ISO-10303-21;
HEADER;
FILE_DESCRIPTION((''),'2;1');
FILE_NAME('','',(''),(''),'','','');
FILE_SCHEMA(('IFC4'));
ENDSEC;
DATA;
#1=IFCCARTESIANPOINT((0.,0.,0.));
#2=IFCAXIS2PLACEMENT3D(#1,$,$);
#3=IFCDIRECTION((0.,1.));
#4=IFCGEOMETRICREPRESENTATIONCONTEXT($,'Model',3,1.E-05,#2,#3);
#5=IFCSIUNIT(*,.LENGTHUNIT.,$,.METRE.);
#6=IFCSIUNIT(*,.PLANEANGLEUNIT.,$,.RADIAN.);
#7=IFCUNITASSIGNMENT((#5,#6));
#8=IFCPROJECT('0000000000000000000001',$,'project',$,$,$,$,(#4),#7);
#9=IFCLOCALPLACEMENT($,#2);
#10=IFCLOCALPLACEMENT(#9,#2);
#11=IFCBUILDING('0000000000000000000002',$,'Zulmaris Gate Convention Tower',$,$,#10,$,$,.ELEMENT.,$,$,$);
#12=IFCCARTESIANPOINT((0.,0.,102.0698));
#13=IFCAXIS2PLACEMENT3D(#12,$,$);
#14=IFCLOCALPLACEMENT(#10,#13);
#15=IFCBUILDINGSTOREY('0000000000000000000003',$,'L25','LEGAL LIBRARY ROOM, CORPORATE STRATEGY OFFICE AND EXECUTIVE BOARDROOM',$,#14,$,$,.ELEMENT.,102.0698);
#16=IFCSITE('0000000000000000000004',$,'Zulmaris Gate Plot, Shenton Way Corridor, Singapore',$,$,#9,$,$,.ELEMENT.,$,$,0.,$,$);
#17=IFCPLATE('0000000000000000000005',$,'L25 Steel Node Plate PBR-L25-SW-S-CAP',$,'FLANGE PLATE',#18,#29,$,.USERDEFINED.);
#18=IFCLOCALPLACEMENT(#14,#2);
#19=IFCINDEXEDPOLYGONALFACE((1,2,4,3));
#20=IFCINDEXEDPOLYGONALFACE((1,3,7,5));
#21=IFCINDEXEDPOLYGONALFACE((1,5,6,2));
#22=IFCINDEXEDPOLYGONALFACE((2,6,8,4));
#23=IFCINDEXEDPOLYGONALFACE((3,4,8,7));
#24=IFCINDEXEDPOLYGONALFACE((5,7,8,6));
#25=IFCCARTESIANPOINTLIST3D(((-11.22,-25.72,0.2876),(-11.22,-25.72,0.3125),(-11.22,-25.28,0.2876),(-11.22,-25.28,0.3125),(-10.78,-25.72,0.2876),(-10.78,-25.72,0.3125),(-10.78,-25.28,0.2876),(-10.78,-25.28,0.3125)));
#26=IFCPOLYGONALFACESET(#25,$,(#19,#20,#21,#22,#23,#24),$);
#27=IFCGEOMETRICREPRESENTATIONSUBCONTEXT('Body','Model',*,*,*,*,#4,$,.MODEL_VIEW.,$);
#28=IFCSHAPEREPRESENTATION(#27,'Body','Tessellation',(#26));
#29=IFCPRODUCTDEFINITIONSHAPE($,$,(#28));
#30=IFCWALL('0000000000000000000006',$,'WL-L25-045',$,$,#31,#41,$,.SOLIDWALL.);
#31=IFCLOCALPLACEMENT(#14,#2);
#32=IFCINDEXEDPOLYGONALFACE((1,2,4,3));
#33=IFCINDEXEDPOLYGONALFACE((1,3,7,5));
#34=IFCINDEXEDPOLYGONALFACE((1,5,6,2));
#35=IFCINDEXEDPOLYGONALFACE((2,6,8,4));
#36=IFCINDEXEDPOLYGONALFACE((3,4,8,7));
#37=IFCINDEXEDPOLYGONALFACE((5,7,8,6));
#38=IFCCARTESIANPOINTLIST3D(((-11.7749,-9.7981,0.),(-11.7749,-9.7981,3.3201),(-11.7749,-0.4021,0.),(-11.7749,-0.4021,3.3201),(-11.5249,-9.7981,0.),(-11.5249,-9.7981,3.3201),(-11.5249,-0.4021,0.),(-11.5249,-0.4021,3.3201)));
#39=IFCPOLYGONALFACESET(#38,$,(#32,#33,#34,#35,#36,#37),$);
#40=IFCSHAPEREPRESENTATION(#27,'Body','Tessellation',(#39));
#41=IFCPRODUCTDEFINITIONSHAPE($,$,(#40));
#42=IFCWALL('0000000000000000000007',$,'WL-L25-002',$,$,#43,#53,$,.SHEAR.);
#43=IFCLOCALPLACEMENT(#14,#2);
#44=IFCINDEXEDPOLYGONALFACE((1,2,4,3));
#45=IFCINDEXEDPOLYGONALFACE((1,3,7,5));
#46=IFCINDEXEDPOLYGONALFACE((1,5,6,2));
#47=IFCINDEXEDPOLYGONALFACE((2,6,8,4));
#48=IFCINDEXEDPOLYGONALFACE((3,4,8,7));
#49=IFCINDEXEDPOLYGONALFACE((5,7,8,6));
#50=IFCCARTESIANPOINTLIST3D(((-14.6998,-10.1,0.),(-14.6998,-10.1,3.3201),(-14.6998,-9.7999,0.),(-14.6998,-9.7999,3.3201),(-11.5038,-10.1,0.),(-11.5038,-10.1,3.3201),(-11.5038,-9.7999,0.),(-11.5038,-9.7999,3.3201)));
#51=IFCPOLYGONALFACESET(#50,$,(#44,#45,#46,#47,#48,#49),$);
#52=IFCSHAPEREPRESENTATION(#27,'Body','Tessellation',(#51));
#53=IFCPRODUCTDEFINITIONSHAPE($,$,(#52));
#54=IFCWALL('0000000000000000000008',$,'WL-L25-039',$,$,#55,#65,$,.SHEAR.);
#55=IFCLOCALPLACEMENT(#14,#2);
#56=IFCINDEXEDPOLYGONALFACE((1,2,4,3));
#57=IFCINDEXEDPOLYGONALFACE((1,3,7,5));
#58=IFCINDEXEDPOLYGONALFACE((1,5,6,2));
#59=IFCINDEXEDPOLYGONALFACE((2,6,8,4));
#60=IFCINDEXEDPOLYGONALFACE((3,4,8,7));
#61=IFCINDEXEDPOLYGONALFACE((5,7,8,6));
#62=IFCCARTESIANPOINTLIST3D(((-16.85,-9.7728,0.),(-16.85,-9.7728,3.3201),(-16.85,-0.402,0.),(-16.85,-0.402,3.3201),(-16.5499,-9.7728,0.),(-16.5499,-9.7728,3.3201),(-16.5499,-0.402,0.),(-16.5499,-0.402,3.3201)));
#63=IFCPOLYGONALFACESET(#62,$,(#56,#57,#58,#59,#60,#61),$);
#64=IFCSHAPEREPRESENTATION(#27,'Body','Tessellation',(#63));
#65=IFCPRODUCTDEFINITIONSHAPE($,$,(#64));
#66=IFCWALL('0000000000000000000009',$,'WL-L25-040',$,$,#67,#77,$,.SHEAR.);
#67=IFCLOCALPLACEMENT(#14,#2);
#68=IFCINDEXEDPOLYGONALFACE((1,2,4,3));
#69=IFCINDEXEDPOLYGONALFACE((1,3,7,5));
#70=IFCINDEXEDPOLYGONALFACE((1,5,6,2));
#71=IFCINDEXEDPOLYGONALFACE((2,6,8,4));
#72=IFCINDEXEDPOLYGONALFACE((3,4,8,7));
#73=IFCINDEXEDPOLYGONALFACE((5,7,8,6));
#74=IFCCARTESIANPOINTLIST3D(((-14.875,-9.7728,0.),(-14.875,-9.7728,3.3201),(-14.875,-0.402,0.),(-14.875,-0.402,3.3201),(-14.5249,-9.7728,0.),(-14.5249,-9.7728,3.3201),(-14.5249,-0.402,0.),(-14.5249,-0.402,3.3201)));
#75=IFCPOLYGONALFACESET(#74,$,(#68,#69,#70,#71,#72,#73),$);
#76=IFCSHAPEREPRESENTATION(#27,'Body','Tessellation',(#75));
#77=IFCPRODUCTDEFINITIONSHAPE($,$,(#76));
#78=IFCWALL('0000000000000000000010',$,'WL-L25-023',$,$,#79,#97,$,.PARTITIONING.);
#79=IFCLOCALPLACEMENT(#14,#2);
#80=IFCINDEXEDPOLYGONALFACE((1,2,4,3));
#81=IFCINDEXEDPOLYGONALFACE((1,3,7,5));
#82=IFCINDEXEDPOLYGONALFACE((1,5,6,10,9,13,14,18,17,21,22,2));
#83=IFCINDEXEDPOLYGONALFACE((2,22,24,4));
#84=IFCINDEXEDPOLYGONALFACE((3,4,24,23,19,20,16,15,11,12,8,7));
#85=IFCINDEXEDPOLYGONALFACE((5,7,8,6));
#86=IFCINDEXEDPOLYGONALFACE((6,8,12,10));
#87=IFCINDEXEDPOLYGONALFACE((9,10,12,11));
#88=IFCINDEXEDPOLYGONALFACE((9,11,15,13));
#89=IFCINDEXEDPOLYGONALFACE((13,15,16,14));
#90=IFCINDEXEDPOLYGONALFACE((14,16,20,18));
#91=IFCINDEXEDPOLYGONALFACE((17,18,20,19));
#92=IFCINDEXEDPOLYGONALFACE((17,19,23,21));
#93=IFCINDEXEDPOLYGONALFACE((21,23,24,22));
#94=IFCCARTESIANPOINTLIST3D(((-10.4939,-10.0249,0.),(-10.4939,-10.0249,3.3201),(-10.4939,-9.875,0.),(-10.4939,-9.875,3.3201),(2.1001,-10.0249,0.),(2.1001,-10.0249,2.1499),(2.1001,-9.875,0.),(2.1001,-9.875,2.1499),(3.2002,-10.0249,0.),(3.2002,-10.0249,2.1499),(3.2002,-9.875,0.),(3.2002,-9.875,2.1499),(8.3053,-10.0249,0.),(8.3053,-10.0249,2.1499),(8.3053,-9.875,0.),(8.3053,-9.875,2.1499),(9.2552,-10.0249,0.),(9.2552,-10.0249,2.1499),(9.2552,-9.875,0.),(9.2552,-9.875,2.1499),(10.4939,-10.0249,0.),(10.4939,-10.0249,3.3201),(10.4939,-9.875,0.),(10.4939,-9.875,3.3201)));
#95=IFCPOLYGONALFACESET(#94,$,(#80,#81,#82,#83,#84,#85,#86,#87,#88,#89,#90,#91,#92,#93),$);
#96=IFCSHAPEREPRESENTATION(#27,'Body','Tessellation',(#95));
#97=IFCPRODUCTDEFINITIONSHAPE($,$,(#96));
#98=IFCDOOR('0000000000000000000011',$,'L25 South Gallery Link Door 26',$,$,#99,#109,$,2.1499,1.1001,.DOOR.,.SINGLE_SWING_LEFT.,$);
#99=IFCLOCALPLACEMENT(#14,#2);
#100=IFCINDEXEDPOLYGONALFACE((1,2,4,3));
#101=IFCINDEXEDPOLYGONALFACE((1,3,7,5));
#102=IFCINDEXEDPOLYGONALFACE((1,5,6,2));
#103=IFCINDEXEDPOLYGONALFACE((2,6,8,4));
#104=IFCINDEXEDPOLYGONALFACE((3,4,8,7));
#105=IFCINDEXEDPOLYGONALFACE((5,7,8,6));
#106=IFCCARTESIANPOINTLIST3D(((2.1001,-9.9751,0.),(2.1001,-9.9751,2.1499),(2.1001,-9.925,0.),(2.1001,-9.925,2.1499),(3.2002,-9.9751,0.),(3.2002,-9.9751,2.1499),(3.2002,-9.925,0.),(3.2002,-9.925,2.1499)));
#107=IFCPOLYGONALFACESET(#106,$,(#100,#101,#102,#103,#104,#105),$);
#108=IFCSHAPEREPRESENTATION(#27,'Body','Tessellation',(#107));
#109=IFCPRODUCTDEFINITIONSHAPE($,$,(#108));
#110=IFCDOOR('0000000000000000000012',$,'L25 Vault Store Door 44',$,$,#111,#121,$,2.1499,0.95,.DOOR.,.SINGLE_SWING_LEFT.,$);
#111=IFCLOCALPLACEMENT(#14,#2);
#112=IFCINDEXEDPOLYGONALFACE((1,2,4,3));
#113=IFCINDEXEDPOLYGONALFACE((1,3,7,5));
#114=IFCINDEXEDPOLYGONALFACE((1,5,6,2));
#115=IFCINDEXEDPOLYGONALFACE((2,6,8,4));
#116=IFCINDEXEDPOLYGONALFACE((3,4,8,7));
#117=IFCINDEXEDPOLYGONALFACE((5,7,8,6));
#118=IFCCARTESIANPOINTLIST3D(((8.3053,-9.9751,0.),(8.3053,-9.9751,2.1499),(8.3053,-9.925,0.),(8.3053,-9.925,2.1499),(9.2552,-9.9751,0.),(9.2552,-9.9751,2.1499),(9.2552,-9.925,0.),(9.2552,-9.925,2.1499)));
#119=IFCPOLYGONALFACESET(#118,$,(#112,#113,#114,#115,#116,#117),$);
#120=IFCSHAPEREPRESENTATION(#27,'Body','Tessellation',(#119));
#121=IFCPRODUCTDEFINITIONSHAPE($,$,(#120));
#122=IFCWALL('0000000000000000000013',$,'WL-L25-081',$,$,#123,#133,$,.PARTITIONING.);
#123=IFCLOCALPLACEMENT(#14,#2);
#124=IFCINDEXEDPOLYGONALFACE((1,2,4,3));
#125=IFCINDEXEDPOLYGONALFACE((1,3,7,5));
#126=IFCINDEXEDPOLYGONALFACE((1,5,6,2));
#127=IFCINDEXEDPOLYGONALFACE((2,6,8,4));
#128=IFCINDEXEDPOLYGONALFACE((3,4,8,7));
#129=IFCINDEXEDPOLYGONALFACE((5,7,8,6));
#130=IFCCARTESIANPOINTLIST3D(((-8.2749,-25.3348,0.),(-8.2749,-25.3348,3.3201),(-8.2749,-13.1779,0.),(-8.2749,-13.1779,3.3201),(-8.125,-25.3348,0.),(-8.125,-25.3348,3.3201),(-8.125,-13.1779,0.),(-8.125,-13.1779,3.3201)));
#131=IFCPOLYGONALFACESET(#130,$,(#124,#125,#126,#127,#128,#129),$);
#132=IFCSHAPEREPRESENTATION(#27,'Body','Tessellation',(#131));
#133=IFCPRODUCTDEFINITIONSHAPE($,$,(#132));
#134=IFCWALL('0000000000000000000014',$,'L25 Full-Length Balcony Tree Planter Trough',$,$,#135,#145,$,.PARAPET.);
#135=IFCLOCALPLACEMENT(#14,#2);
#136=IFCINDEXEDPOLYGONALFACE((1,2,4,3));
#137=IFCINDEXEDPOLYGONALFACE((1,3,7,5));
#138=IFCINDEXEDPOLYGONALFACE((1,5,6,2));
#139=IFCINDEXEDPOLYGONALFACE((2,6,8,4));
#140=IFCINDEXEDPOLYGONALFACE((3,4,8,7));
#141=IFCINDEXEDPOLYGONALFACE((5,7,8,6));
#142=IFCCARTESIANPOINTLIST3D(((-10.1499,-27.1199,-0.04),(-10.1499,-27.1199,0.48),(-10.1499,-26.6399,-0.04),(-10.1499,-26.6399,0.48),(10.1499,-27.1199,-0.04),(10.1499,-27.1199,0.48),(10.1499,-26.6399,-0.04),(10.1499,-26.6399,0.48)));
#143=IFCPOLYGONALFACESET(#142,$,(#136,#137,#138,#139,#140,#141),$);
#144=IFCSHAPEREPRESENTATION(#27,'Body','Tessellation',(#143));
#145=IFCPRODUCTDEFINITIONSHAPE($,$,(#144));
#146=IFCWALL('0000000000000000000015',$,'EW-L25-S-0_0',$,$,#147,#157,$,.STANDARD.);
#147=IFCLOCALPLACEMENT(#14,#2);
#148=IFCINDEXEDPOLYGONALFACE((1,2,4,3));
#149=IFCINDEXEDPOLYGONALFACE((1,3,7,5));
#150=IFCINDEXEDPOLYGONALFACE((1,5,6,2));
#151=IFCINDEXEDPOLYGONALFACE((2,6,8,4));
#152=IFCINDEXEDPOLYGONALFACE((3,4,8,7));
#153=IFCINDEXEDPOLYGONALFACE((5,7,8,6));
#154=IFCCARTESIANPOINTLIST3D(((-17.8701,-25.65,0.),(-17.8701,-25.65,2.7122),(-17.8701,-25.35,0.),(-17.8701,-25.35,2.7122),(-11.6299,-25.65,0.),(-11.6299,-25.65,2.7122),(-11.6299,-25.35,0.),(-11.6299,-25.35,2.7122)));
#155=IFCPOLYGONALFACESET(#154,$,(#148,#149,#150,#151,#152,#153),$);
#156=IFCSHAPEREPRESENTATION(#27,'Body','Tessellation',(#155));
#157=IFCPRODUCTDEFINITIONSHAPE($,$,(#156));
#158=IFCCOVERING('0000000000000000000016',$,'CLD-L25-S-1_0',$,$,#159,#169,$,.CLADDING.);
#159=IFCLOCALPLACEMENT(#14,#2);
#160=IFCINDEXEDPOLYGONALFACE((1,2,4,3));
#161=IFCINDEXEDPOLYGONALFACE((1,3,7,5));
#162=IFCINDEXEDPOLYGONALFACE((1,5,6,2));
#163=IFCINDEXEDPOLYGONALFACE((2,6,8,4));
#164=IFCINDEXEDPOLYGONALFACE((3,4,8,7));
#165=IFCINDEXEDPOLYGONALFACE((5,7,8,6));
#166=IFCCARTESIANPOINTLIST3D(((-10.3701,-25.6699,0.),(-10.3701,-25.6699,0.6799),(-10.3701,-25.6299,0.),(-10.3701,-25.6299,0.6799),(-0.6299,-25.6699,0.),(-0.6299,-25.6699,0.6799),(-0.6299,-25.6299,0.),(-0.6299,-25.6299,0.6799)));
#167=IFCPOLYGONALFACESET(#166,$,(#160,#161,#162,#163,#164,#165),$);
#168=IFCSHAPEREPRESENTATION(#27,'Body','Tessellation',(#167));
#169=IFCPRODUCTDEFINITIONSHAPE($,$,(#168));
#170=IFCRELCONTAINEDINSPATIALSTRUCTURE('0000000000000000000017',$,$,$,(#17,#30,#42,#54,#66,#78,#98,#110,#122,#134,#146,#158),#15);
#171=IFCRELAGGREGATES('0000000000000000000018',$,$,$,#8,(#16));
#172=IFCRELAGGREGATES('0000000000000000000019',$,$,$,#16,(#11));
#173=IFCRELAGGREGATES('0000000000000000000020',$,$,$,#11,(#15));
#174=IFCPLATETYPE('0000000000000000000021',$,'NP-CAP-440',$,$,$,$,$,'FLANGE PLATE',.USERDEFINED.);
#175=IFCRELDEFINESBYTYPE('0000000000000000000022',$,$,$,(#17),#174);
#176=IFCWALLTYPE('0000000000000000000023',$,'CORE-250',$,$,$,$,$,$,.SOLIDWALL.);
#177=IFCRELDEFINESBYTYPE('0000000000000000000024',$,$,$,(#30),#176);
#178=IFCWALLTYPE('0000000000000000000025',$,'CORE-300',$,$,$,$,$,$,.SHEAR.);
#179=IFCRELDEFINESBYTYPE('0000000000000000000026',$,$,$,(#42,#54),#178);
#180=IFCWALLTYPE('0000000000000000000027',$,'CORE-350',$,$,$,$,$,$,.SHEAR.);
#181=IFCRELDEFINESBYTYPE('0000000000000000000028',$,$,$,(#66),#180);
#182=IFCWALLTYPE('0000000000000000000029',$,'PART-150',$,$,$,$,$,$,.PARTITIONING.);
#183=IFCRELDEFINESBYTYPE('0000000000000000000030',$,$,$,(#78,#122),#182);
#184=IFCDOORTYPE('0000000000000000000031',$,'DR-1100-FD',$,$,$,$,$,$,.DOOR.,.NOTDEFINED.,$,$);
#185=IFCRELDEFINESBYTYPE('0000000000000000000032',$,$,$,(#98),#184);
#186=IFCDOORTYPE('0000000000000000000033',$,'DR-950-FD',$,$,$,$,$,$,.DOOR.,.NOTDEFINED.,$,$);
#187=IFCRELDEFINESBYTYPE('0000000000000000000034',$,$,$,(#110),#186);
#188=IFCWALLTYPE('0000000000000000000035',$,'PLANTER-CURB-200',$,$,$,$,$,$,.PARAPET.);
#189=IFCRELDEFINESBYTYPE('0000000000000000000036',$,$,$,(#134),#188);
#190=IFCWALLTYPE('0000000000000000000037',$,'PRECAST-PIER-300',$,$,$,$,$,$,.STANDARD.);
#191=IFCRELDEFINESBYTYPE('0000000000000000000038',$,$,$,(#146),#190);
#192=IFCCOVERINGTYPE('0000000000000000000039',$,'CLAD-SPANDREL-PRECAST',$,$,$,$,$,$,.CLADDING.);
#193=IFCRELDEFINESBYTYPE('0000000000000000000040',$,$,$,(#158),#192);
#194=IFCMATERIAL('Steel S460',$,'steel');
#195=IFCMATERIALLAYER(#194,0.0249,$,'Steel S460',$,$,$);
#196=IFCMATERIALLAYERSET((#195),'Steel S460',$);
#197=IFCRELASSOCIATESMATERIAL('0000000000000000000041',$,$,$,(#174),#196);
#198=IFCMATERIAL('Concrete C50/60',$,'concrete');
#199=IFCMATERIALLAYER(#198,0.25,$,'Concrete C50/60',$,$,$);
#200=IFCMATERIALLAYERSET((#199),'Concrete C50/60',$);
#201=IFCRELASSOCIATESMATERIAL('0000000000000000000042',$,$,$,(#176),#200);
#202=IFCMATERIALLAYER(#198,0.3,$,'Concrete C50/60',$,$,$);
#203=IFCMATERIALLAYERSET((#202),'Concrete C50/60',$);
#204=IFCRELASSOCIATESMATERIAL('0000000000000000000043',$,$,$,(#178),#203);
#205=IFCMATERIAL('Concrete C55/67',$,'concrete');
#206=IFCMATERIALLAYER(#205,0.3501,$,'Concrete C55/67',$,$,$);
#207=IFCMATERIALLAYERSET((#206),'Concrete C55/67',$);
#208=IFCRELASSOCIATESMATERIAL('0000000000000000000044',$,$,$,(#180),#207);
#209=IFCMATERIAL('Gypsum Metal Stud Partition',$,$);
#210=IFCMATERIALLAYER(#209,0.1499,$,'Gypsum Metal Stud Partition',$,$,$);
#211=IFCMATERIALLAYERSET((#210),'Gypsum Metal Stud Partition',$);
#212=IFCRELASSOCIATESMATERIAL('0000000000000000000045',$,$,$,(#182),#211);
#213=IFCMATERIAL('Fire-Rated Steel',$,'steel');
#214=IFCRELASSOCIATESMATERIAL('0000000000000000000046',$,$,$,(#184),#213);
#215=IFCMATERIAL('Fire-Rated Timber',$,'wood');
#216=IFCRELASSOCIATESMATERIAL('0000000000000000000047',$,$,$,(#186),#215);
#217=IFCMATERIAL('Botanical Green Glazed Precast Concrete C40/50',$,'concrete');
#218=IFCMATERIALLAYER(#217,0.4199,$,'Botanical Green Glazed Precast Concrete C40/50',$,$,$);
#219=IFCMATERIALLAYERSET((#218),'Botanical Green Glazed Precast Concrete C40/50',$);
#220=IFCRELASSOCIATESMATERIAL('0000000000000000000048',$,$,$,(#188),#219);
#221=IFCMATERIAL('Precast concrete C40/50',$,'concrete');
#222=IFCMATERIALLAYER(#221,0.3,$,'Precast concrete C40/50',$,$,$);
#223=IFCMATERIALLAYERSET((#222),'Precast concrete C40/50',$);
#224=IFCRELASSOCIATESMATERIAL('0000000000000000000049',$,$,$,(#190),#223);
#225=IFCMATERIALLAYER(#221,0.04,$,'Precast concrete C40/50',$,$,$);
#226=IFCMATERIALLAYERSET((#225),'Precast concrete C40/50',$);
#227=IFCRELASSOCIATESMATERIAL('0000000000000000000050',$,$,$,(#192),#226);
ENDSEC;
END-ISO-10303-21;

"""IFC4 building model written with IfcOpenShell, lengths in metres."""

from ifc_helpers import new_model, si_unit, direction, frame, frame_2d, origin, origin_2d, place, context, subcontext, project, spatial, rectangle, extrude, material, layer, layer_set, type_object, element, fill, save


model = new_model("IFC4")

# Units and contexts
model_context = context("Model", 3, precision=1e-05, world=origin(), true_north=direction((0.0, 1.0)))
body_context = subcontext(model_context, "Body", "Model", "MODEL_VIEW")
ifc_project = project(units=[si_unit("LENGTHUNIT", "METRE"), si_unit("PLANEANGLEUNIT", "RADIAN")], contexts=[model_context])

# Site, building, storey
site_placement = place(None, origin())
site = spatial("IfcSite", under=ifc_project, at=site_placement, Name="Zulmaris Gate Plot, Shenton Way Corridor, Singapore", CompositionType="ELEMENT", RefElevation=0.0)
building_placement = place(site_placement, origin())
building = spatial("IfcBuilding", under=site, at=building_placement, Name="Zulmaris Gate Convention Tower", CompositionType="ELEMENT")
storey_placement = place(building_placement, frame((0.0, 0.0, 102.0698)))
storey = spatial("IfcBuildingStorey", under=building, at=storey_placement, Name="L25", Description="LEGAL LIBRARY ROOM, CORPORATE STRATEGY OFFICE AND EXECUTIVE BOARDROOM", CompositionType="ELEMENT", Elevation=102.0698)

# Shared definitions
ifc_material_1 = material(Name="Steel S460", Category="steel")

# Plate
ifc_layer_1 = layer(ifc_material_1, 0.0249, Name="Steel S460")
ifc_layer_set_1 = layer_set([ifc_layer_1], Name="Steel S460")
plate_type = type_object("IfcPlateType", Name="NP-CAP-440", ElementType="FLANGE PLATE", PredefinedType="USERDEFINED", material=ifc_layer_set_1)
plate_placement = place(storey_placement, frame((-11.0, -25.5, 0.2876), z_axis=(0.0, 0.0, 1.0), x_axis=(1.0, 0.0, 0.0)))
element("IfcPlate", 1, at=plate_placement, inside=storey, type_object=plate_type, Name="L25 Steel Node Plate PBR-L25-SW-S-CAP", ObjectType="FLANGE PLATE", PredefinedType="USERDEFINED", context=body_context, shape_type="SweptSolid", body=[
    extrude(rectangle(XDim=0.4399, YDim=0.4399, at=origin_2d()), origin(), (0.0, 0.0, 1.0), 0.0249),
])

# Walls
ifc_material_2 = material(Name="Concrete C50/60", Category="concrete")
ifc_layer_2 = layer(ifc_material_2, 0.25, Name="Concrete C50/60")
ifc_layer_set_2 = layer_set([ifc_layer_2], Name="Concrete C50/60")
wall_type_1 = type_object("IfcWallType", Name="CORE-250", PredefinedType="SOLIDWALL", material=ifc_layer_set_2)
wall_1_placement = place(storey_placement, frame((-11.6499, -9.7981, 0.0), z_axis=(0.0, 0.0, 1.0), x_axis=(0.0, 1.0, 0.0)))
element("IfcWall", 2, at=wall_1_placement, inside=storey, type_object=wall_type_1, Name="WL-L25-045", PredefinedType="SOLIDWALL", context=body_context, shape_type="SweptSolid", body=[
    extrude(rectangle(XDim=9.396, YDim=0.25, at=frame_2d((4.698, 0.0))), origin(), (0.0, 0.0, 1.0), 3.3201),
])
ifc_layer_3 = layer(ifc_material_2, 0.3, Name="Concrete C50/60")
ifc_layer_set_3 = layer_set([ifc_layer_3], Name="Concrete C50/60")
wall_type_2 = type_object("IfcWallType", Name="CORE-300", PredefinedType="SHEAR", material=ifc_layer_set_3)
wall_2_placement = place(storey_placement, frame((-14.7, -9.95, 0.0), z_axis=(0.0, 0.0, 1.0), x_axis=(1.0, 0.0, 0.0)))
element("IfcWall", 3, at=wall_2_placement, inside=storey, type_object=wall_type_2, Name="WL-L25-002", PredefinedType="SHEAR", context=body_context, shape_type="SweptSolid", body=[
    extrude(rectangle(XDim=3.196, YDim=0.3, at=frame_2d((1.5981, 0.0))), origin(), (0.0, 0.0, 1.0), 3.3201),
])
wall_3_placement = place(storey_placement, frame((-16.7, -9.7729, 0.0), z_axis=(0.0, 0.0, 1.0), x_axis=(0.0, 1.0, 0.0)))
element("IfcWall", 4, at=wall_3_placement, inside=storey, type_object=wall_type_2, Name="WL-L25-039", PredefinedType="SHEAR", context=body_context, shape_type="SweptSolid", body=[
    extrude(rectangle(XDim=9.3708, YDim=0.3, at=frame_2d((4.6855, 0.0))), origin(), (0.0, 0.0, 1.0), 3.3201),
])
ifc_material_3 = material(Name="Concrete C55/67", Category="concrete")
ifc_layer_4 = layer(ifc_material_3, 0.3501, Name="Concrete C55/67")
ifc_layer_set_4 = layer_set([ifc_layer_4], Name="Concrete C55/67")
wall_type_3 = type_object("IfcWallType", Name="CORE-350", PredefinedType="SHEAR", material=ifc_layer_set_4)
wall_4_placement = place(storey_placement, frame((-14.7, -9.7729, 0.0), z_axis=(0.0, 0.0, 1.0), x_axis=(0.0, 1.0, 0.0)))
element("IfcWall", 5, at=wall_4_placement, inside=storey, type_object=wall_type_3, Name="WL-L25-040", PredefinedType="SHEAR", context=body_context, shape_type="SweptSolid", body=[
    extrude(rectangle(XDim=9.3708, YDim=0.3501, at=frame_2d((4.6855, 0.0))), origin(), (0.0, 0.0, 1.0), 3.3201),
])

# Wall, openings, doors
ifc_material_4 = material(Name="Gypsum Metal Stud Partition")
ifc_layer_5 = layer(ifc_material_4, 0.1499, Name="Gypsum Metal Stud Partition")
ifc_layer_set_5 = layer_set([ifc_layer_5], Name="Gypsum Metal Stud Partition")
wall_type_4 = type_object("IfcWallType", Name="PART-150", PredefinedType="PARTITIONING", material=ifc_layer_set_5)
wall_5_placement = place(storey_placement, frame((-10.4939, -9.95, 0.0), z_axis=(0.0, 0.0, 1.0), x_axis=(1.0, 0.0, 0.0)))
wall_5 = element("IfcWall", 6, at=wall_5_placement, inside=storey, type_object=wall_type_4, Name="WL-L25-023", PredefinedType="PARTITIONING", context=body_context, shape_type="SweptSolid", body=[
    extrude(rectangle(XDim=20.9878, YDim=0.1499, at=frame_2d((10.4939, 0.0))), origin(), (0.0, 0.0, 1.0), 3.3201),
])
opening_1_placement = place(wall_5_placement, frame((12.594, 0.0, 0.0)))
opening_1 = element("IfcOpeningElement", 7, at=opening_1_placement, cuts=wall_5, PredefinedType="OPENING", context=body_context, shape_type="SweptSolid", body=[
    extrude(rectangle(XDim=1.1001, YDim=2.1499, at=frame_2d((0.55, 1.075))), frame((0.0, 0.085, 0.0), z_axis=(0.0, -1.0, 0.0), x_axis=(1.0, 0.0, 0.0)), (0.0, 0.0, 1.0), 0.1699),
])
opening_2_placement = place(wall_5_placement, frame((18.7991, 0.0, 0.0)))
opening_2 = element("IfcOpeningElement", 8, at=opening_2_placement, cuts=wall_5, PredefinedType="OPENING", context=body_context, shape_type="SweptSolid", body=[
    extrude(rectangle(XDim=0.95, YDim=2.1499, at=frame_2d((0.4751, 1.075))), frame((0.0, 0.085, 0.0), z_axis=(0.0, -1.0, 0.0), x_axis=(1.0, 0.0, 0.0)), (0.0, 0.0, 1.0), 0.1699),
])
ifc_material_5 = material(Name="Fire-Rated Steel", Category="steel")
door_type_1 = type_object("IfcDoorType", Name="DR-1100-FD", OperationType="NOTDEFINED", PredefinedType="DOOR", material=ifc_material_5)
door_1_placement = place(opening_1_placement, origin())
door_1 = element("IfcDoor", 9, at=door_1_placement, inside=storey, type_object=door_type_1, Name="L25 South Gallery Link Door 26", OperationType="SINGLE_SWING_LEFT", OverallHeight=2.1499, OverallWidth=1.1001, PredefinedType="DOOR", context=body_context, shape_type="SweptSolid", body=[
    extrude(rectangle(XDim=1.1001, YDim=2.1499, at=frame_2d((0.55, 1.075))), frame((0.0, 0.0249, 0.0), z_axis=(0.0, -1.0, 0.0), x_axis=(1.0, 0.0, 0.0)), (0.0, 0.0, 1.0), 0.05),
])
fill(opening_1, door_1)
ifc_material_6 = material(Name="Fire-Rated Timber", Category="wood")
door_type_2 = type_object("IfcDoorType", Name="DR-950-FD", OperationType="NOTDEFINED", PredefinedType="DOOR", material=ifc_material_6)
door_2_placement = place(opening_2_placement, origin())
door_2 = element("IfcDoor", 10, at=door_2_placement, inside=storey, type_object=door_type_2, Name="L25 Vault Store Door 44", OperationType="SINGLE_SWING_LEFT", OverallHeight=2.1499, OverallWidth=0.95, PredefinedType="DOOR", context=body_context, shape_type="SweptSolid", body=[
    extrude(rectangle(XDim=0.95, YDim=2.1499, at=frame_2d((0.4751, 1.075))), frame((0.0, 0.0249, 0.0), z_axis=(0.0, -1.0, 0.0), x_axis=(1.0, 0.0, 0.0)), (0.0, 0.0, 1.0), 0.05),
])
fill(opening_2, door_2)

# Walls
wall_6_placement = place(storey_placement, frame((-8.2, -25.335, 0.0), z_axis=(0.0, 0.0, 1.0), x_axis=(0.0, 1.0, 0.0)))
element("IfcWall", 11, at=wall_6_placement, inside=storey, type_object=wall_type_4, Name="WL-L25-081", PredefinedType="PARTITIONING", context=body_context, shape_type="SweptSolid", body=[
    extrude(rectangle(XDim=12.157, YDim=0.1499, at=frame_2d((6.0786, 0.0))), origin(), (0.0, 0.0, 1.0), 3.3201),
])
ifc_material_7 = material(Name="Botanical Green Glazed Precast Concrete C40/50", Category="concrete")
ifc_layer_6 = layer(ifc_material_7, 0.4199, Name="Botanical Green Glazed Precast Concrete C40/50")
ifc_layer_set_6 = layer_set([ifc_layer_6], Name="Botanical Green Glazed Precast Concrete C40/50")
wall_type_5 = type_object("IfcWallType", Name="PLANTER-CURB-200", PredefinedType="PARAPET", material=ifc_layer_set_6)
wall_7_placement = place(storey_placement, frame((-10.1499, -26.8799, -0.04), z_axis=(0.0, 0.0, 1.0), x_axis=(1.0, 0.0, 0.0)))
element("IfcWall", 12, at=wall_7_placement, inside=storey, type_object=wall_type_5, Name="L25 Full-Length Balcony Tree Planter Trough", PredefinedType="PARAPET", context=body_context, shape_type="SweptSolid", body=[
    extrude(rectangle(XDim=20.2998, YDim=0.48, at=frame_2d((10.1499, 0.0))), origin(), (0.0, 0.0, 1.0), 0.52),
])
ifc_material_8 = material(Name="Precast concrete C40/50", Category="concrete")
ifc_layer_7 = layer(ifc_material_8, 0.3, Name="Precast concrete C40/50")
ifc_layer_set_7 = layer_set([ifc_layer_7], Name="Precast concrete C40/50")
wall_type_6 = type_object("IfcWallType", Name="PRECAST-PIER-300", PredefinedType="STANDARD", material=ifc_layer_set_7)
wall_8_placement = place(storey_placement, frame((-17.8701, -25.5, 0.0), z_axis=(0.0, 0.0, 1.0), x_axis=(1.0, 0.0, 0.0)))
element("IfcWall", 13, at=wall_8_placement, inside=storey, type_object=wall_type_6, Name="EW-L25-S-0_0", PredefinedType="STANDARD", context=body_context, shape_type="SweptSolid", body=[
    extrude(rectangle(XDim=6.2402, YDim=0.3, at=frame_2d((3.1201, 0.0))), origin(), (0.0, 0.0, 1.0), 2.7122),
])

# Covering
ifc_layer_8 = layer(ifc_material_8, 0.04, Name="Precast concrete C40/50")
ifc_layer_set_8 = layer_set([ifc_layer_8], Name="Precast concrete C40/50")
covering_type = type_object("IfcCoveringType", Name="CLAD-SPANDREL-PRECAST", PredefinedType="CLADDING", material=ifc_layer_set_8)
covering_placement = place(storey_placement, frame((-10.3701, -25.6499, 0.0), z_axis=(0.0, 0.0, 1.0), x_axis=(1.0, 0.0, 0.0)))
element("IfcCovering", 14, at=covering_placement, inside=storey, type_object=covering_type, Name="CLD-L25-S-1_0", PredefinedType="CLADDING", context=body_context, shape_type="SweptSolid", body=[
    extrude(rectangle(XDim=9.7402, YDim=0.04, at=frame_2d((4.8701, 0.0))), origin(), (0.0, 0.0, 1.0), 0.6799),
])

save(model, "model.ifc")
